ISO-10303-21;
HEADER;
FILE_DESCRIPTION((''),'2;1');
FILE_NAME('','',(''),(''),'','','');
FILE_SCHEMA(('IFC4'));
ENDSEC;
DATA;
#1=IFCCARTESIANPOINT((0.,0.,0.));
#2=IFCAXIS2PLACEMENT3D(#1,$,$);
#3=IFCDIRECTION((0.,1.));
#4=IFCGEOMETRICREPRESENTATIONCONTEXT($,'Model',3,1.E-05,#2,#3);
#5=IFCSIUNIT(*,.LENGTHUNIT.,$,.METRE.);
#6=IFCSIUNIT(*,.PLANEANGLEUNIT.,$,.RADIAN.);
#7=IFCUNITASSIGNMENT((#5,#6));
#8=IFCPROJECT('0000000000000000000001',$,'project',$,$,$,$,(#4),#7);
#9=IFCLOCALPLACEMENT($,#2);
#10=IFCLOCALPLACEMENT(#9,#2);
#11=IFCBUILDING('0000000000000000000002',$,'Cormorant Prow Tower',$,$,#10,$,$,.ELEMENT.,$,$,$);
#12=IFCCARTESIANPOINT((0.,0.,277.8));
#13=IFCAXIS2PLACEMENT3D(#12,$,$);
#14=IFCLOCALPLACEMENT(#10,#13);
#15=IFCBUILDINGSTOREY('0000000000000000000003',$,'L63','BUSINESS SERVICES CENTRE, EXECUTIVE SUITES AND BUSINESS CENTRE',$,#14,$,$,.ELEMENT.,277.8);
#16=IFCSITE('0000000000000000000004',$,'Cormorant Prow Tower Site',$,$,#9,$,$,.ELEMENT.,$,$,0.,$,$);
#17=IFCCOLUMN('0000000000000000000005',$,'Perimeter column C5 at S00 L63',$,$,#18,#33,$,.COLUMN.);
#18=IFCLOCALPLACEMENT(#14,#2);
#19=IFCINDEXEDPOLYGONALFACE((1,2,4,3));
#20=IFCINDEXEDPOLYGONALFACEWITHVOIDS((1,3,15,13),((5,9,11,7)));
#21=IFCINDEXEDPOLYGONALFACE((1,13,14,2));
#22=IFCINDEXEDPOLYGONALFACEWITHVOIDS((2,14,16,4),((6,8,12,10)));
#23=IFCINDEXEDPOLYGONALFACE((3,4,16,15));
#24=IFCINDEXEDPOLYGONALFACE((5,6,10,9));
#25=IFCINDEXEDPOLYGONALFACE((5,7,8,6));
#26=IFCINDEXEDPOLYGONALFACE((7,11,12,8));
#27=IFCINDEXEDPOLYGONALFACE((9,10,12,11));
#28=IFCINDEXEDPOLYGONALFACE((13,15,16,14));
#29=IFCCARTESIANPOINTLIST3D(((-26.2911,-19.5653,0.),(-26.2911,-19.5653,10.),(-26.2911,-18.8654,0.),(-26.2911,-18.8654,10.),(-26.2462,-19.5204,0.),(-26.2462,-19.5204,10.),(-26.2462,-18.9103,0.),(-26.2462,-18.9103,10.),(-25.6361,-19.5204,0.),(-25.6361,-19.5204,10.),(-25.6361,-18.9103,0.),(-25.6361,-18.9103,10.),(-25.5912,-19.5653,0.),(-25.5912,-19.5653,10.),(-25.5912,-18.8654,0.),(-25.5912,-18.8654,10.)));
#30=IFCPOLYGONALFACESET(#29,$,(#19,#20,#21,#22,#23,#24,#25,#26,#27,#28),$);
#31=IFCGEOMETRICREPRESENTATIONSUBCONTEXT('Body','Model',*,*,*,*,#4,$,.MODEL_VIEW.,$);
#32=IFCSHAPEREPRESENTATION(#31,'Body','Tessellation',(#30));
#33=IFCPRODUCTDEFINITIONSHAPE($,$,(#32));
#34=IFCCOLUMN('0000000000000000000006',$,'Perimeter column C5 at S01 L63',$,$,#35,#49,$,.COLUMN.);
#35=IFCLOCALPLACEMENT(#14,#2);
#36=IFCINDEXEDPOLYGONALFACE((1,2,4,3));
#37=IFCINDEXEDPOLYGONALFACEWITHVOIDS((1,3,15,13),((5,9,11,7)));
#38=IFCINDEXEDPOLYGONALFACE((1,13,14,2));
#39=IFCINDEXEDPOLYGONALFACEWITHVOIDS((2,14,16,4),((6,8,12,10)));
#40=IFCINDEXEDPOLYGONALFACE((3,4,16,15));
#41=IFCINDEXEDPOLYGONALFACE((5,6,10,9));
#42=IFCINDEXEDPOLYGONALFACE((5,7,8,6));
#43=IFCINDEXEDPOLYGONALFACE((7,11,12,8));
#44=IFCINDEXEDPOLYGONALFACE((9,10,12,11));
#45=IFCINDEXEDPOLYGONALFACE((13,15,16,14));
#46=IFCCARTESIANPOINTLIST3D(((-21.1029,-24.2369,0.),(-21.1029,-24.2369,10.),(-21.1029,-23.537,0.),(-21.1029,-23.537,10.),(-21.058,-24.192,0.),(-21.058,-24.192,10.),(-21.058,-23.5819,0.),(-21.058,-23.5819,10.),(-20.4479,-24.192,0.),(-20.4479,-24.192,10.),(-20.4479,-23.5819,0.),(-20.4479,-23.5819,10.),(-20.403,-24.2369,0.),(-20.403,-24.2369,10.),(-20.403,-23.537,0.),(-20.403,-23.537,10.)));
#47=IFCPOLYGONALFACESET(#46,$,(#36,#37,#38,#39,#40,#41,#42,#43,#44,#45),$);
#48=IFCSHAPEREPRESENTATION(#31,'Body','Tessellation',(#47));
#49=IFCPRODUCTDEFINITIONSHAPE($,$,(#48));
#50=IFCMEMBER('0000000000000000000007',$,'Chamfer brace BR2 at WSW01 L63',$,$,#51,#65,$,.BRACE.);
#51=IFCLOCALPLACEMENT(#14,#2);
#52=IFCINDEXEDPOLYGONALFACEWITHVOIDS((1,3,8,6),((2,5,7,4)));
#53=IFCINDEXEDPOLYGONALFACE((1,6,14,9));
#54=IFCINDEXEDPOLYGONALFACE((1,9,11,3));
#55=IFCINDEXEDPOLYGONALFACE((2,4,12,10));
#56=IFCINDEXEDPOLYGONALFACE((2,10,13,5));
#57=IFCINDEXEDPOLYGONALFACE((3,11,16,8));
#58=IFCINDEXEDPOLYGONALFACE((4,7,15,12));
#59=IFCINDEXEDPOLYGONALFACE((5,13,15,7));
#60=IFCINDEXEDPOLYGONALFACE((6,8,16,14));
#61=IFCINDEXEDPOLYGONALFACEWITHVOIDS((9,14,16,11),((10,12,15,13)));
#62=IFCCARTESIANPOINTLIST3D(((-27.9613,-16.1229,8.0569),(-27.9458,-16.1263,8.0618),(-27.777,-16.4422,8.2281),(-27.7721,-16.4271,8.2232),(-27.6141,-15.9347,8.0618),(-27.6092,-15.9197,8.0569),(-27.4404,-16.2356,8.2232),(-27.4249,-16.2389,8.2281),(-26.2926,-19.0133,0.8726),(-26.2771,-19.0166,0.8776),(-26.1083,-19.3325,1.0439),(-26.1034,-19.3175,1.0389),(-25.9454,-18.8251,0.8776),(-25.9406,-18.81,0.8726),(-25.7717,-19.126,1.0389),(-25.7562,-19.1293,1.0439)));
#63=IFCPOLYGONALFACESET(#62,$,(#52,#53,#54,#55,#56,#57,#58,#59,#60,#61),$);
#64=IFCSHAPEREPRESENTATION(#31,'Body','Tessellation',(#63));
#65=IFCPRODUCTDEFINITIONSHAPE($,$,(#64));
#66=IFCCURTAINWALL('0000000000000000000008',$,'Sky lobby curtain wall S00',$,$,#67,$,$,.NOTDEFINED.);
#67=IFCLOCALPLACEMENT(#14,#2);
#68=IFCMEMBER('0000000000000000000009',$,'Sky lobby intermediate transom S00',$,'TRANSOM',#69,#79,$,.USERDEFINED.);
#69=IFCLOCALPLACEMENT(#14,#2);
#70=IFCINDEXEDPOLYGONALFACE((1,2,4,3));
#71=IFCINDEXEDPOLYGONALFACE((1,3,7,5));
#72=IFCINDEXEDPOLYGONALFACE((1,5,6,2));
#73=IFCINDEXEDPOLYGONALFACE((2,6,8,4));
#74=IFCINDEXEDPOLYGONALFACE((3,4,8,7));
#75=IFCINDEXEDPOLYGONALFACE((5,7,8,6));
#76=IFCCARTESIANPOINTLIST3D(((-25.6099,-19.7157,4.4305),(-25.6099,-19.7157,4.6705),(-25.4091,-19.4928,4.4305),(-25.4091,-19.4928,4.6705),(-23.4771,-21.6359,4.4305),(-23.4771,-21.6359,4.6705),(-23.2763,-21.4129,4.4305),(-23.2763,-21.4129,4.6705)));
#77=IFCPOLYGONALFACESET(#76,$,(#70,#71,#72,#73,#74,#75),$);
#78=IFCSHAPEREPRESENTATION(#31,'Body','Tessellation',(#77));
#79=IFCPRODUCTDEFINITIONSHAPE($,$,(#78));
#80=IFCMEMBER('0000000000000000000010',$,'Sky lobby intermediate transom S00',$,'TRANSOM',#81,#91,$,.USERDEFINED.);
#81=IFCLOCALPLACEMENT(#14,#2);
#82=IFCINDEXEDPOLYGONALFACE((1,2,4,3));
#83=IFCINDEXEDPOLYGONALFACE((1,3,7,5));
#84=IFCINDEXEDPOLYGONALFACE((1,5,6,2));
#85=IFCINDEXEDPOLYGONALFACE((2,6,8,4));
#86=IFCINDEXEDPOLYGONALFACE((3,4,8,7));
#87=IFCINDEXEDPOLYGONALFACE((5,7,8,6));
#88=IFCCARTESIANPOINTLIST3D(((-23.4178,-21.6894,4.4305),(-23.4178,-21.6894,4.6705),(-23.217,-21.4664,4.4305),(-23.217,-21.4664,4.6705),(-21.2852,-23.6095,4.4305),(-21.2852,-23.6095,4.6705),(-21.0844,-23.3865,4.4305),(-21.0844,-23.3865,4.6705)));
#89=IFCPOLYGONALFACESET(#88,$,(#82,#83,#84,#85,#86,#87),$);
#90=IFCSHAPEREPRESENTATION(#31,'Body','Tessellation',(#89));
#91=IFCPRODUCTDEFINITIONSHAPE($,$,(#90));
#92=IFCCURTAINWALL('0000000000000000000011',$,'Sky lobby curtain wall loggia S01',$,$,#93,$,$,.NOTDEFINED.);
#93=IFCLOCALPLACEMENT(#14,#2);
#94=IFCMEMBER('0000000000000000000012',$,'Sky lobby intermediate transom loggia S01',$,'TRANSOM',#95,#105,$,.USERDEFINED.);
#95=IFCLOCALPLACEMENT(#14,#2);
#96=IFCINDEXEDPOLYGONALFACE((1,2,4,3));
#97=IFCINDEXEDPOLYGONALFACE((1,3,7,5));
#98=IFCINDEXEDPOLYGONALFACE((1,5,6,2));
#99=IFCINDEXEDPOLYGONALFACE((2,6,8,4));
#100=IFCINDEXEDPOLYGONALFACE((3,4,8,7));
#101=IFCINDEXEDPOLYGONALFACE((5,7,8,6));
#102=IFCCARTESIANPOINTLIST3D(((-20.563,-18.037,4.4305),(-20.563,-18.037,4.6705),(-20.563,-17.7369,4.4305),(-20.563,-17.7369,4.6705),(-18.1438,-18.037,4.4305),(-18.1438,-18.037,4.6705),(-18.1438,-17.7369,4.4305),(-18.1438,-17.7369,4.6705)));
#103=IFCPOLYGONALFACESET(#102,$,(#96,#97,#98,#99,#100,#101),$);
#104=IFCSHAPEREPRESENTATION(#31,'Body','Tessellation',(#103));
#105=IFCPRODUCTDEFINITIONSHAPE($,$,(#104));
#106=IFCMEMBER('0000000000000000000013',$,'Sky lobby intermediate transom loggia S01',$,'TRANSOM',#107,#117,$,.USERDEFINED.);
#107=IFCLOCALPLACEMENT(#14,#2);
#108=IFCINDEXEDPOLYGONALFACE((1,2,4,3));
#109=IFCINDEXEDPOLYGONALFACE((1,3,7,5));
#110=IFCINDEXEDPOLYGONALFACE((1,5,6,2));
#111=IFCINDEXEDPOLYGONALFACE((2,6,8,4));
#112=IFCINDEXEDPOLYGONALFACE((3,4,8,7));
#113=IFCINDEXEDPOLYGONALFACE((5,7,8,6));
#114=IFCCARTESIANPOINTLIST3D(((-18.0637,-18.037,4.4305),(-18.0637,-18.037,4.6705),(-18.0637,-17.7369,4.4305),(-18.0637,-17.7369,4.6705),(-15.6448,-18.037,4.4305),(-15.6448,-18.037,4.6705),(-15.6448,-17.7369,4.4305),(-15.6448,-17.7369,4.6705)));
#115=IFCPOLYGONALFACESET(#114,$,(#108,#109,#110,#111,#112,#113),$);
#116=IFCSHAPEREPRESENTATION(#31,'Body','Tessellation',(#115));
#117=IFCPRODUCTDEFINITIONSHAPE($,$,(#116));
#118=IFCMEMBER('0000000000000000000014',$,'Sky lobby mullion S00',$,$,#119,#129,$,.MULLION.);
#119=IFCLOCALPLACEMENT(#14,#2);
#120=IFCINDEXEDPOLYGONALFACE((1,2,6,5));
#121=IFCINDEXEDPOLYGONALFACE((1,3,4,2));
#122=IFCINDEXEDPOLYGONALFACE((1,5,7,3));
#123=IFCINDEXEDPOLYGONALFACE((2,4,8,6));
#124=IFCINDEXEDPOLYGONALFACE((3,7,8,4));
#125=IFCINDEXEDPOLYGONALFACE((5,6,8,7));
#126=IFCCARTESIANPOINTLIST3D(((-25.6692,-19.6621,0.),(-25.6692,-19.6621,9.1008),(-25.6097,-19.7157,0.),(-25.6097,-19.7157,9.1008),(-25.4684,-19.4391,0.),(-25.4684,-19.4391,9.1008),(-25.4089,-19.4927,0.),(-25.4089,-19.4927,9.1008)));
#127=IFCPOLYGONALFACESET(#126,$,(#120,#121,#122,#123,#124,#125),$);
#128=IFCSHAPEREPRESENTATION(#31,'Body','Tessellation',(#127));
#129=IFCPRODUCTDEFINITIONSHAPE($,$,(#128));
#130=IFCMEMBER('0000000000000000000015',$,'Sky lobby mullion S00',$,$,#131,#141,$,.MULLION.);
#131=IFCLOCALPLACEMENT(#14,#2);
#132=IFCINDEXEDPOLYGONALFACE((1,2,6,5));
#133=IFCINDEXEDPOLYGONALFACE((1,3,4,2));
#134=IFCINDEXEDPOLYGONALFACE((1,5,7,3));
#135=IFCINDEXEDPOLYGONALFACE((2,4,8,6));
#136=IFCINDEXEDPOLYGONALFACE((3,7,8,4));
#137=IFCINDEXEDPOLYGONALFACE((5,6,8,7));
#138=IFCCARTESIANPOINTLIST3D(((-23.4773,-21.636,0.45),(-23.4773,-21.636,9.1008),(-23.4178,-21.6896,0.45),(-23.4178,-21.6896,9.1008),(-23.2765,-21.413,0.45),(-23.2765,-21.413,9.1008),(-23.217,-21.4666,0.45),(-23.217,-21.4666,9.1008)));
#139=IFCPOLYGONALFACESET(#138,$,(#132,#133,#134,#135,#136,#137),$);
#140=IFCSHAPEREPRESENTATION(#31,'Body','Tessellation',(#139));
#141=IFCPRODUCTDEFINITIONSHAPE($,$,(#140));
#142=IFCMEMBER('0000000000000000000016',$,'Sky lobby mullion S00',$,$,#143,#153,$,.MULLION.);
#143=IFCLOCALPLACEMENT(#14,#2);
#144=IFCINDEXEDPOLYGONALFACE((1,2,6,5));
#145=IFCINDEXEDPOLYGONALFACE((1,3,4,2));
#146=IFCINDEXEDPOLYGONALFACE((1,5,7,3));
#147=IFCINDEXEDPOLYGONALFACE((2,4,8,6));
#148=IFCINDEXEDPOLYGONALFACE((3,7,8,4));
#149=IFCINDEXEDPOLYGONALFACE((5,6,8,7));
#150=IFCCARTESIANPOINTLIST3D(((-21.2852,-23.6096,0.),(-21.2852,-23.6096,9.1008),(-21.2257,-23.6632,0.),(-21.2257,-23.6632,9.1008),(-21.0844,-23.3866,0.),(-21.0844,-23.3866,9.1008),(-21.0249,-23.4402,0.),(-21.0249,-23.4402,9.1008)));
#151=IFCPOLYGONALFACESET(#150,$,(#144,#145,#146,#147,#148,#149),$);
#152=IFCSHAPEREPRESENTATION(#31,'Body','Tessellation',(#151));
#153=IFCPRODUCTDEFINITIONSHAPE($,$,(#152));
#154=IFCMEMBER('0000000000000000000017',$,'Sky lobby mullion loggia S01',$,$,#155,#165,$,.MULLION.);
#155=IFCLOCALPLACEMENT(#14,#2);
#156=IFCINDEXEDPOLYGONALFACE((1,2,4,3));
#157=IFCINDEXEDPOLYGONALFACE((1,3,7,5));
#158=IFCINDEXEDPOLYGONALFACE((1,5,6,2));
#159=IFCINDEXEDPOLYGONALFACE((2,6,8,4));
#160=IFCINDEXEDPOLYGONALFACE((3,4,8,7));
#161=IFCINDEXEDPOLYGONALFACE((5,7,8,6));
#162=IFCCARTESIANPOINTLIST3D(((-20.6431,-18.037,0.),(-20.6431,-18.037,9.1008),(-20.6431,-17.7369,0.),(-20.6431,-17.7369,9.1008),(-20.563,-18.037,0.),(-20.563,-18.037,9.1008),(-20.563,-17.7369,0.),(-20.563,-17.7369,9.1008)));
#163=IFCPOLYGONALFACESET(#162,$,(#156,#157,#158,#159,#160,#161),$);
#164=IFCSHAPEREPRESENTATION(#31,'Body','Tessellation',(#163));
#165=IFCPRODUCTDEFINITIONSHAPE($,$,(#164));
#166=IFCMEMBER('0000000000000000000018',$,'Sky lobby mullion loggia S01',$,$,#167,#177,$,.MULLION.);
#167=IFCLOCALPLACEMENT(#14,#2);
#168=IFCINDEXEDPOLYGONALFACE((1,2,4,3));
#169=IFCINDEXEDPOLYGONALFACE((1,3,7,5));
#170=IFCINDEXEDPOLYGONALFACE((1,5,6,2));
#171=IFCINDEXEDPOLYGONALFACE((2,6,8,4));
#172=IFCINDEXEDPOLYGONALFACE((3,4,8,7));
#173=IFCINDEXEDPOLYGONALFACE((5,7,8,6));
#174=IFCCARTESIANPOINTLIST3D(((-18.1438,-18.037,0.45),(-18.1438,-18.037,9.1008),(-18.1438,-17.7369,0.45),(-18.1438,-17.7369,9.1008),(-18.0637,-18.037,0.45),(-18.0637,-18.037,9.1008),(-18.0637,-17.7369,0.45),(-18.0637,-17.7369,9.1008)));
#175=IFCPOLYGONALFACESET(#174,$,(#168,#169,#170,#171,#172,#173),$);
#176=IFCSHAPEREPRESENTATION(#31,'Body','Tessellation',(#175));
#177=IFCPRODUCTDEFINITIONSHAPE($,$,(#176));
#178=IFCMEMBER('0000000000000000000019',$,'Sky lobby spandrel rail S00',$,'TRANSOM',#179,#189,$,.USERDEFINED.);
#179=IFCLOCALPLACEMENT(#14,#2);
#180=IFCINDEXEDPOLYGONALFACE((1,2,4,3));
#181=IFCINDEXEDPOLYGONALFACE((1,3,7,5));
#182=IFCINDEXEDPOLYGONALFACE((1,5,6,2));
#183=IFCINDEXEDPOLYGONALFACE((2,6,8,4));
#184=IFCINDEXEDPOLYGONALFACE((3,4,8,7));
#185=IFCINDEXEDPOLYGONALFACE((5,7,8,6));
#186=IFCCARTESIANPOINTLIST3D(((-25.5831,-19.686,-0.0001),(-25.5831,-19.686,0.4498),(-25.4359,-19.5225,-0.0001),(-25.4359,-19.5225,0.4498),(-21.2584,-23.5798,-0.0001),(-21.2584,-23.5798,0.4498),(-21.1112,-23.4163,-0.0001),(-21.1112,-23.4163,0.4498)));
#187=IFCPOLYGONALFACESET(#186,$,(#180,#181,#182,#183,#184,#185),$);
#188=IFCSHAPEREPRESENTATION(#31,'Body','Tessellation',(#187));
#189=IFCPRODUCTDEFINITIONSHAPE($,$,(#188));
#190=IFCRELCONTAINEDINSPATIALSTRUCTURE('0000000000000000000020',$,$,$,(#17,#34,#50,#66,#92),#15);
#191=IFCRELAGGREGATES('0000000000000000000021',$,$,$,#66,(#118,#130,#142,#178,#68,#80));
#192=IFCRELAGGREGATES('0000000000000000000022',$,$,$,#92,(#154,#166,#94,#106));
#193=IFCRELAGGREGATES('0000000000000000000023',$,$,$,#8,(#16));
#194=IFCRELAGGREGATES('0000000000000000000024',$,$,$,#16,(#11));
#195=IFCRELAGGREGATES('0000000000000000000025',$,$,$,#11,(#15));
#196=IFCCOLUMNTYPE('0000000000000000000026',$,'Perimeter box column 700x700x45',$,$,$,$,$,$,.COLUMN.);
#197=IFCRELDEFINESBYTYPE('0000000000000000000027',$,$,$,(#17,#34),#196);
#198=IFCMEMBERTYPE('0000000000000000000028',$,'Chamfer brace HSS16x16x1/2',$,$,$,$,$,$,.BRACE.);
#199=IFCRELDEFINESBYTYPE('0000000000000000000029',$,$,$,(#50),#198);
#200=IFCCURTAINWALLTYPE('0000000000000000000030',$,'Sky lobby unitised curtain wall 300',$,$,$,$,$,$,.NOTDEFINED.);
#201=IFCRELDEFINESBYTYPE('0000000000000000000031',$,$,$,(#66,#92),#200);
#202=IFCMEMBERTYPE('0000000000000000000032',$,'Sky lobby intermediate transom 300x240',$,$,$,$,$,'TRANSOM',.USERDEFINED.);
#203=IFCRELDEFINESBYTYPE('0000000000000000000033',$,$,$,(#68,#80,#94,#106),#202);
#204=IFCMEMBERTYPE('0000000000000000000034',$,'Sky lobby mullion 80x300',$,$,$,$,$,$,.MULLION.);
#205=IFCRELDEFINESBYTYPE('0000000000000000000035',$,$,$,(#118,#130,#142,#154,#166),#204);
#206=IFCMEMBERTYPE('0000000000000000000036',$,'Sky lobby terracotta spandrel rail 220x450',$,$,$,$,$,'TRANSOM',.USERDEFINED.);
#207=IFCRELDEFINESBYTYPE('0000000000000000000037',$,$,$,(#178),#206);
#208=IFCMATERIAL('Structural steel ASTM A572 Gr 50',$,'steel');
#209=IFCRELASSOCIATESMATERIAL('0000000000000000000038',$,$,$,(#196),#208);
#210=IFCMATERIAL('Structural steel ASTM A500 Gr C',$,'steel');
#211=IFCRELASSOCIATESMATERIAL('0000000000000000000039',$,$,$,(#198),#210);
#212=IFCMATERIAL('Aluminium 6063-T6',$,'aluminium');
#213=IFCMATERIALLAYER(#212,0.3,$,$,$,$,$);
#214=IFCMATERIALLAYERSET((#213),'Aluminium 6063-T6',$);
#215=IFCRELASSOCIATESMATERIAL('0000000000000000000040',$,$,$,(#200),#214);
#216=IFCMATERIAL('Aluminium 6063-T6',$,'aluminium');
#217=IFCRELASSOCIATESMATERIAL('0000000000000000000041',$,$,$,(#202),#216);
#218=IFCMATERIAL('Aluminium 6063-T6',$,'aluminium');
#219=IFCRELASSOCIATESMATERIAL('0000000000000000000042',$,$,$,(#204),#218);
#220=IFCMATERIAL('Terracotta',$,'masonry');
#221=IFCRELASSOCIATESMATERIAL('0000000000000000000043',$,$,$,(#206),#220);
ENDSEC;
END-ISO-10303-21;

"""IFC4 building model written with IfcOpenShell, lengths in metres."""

from ifc_helpers import new_model, si_unit, direction, frame, origin, origin_2d, place, context, subcontext, project, spatial, rectangle, hollow_rectangle, extrude, material, layer, layer_set, material_profile, profile_set, type_object, element, aggregate, save


model = new_model("IFC4")

# Units and contexts
model_context = context("Model", 3, precision=1e-05, world=origin(), true_north=direction((0.0, 1.0)))
body_context = subcontext(model_context, "Body", "Model", "MODEL_VIEW")
ifc_project = project(units=[si_unit("LENGTHUNIT", "METRE"), si_unit("PLANEANGLEUNIT", "RADIAN")], contexts=[model_context])

# Site, building, storey
site_placement = place(None, origin())
site = spatial("IfcSite", under=ifc_project, at=site_placement, Name="Cormorant Prow Tower Site", CompositionType="ELEMENT", RefElevation=0.0)
building_placement = place(site_placement, origin())
building = spatial("IfcBuilding", under=site, at=building_placement, Name="Cormorant Prow Tower", CompositionType="ELEMENT")
storey_placement = place(building_placement, frame((0.0, 0.0, 277.8)))
storey = spatial("IfcBuildingStorey", under=building, at=storey_placement, Name="L63", Description="BUSINESS SERVICES CENTRE, EXECUTIVE SUITES AND BUSINESS CENTRE", CompositionType="ELEMENT", Elevation=277.8)

# Columns
ifc_material_1 = material(Name="Structural steel ASTM A572 Gr 50", Category="steel")
ifc_material_profile_1 = material_profile(ifc_material_1, hollow_rectangle(XDim=0.7, YDim=0.7, WallThickness=0.0449, at=origin_2d()), Name="Box 700x700x45")
ifc_profile_set_1 = profile_set([ifc_material_profile_1], Name="Structural steel ASTM A572 Gr 50")
column_type = type_object("IfcColumnType", Name="Perimeter box column 700x700x45", PredefinedType="COLUMN", material=ifc_profile_set_1)
for number, where, z_axis, x_axis, name in (
    (1, (-25.9412, -19.2153, 0.0), (0.0, 0.0, 1.0), (1.0, 0.0, 0.0), "Perimeter column C5 at S00 L63"),
    (2, (-20.7529, -23.887, 0.0), (0.0, 0.0, 1.0), (1.0, 0.0, 0.0), "Perimeter column C5 at S01 L63"),
):
    element("IfcColumn", number, at=place(storey_placement, frame(where, z_axis=z_axis, x_axis=x_axis)), inside=storey, type_object=column_type, Name=name, PredefinedType="COLUMN", context=body_context, shape_type="SweptSolid", body=[
        extrude(hollow_rectangle(XDim=0.7, YDim=0.7, WallThickness=0.0449, at=origin_2d()), origin(), (0.0, 0.0, 1.0), 10.0),
    ])

# Member
ifc_material_2 = material(Name="Structural steel ASTM A500 Gr C", Category="steel")
ifc_material_profile_2 = material_profile(ifc_material_2, hollow_rectangle(XDim=0.4065, YDim=0.4065, WallThickness=0.0117, at=origin_2d()), Name="HSS16x16x1/2")
ifc_profile_set_2 = profile_set([ifc_material_profile_2], Name="Structural steel ASTM A500 Gr C")
member_type_1 = type_object("IfcMemberType", Name="Chamfer brace HSS16x16x1/2", PredefinedType="BRACE", material=ifc_profile_set_2)
member_1_placement = place(storey_placement, frame((-26.0244, -19.0713, 0.9583), z_axis=(-0.210649, 0.364869, 0.906917), x_axis=(-0.866033, -0.499986, 0.0)))
element("IfcMember", 3, at=member_1_placement, inside=storey, type_object=member_type_1, Name="Chamfer brace BR2 at WSW01 L63", PredefinedType="BRACE", context=body_context, shape_type="SweptSolid", body=[
    extrude(hollow_rectangle(XDim=0.4065, YDim=0.4065, WallThickness=0.0117, at=origin_2d()), origin(), (0.0, 0.0, 1.0), 7.9216),
])

# Curtain walls, members
ifc_material_3 = material(Name="Aluminium 6063-T6", Category="aluminium")
ifc_layer_1 = layer(ifc_material_3, 0.3)
ifc_layer_set_1 = layer_set([ifc_layer_1], Name="Aluminium 6063-T6")
curtain_wall_type = type_object("IfcCurtainWallType", Name="Sky lobby unitised curtain wall 300", PredefinedType="NOTDEFINED", material=ifc_layer_set_1)
curtain_wall_1_placement = place(storey_placement, origin())
curtain_wall_1 = element("IfcCurtainWall", 4, at=curtain_wall_1_placement, inside=storey, type_object=curtain_wall_type, Name="Sky lobby curtain wall S00", PredefinedType="NOTDEFINED")
ifc_material_4 = material(Name="Aluminium 6063-T6", Category="aluminium")
ifc_material_profile_3 = material_profile(ifc_material_4, rectangle(XDim=0.3, YDim=0.24, at=origin_2d()), Name="Sky lobby intermediate transom 300x240")
ifc_profile_set_3 = profile_set([ifc_material_profile_3], Name="Aluminium 6063-T6")
member_type_2 = type_object("IfcMemberType", Name="Sky lobby intermediate transom 300x240", ElementType="TRANSOM", PredefinedType="USERDEFINED", material=ifc_profile_set_3)
member_2_placement = place(storey_placement, frame((-25.5095, -19.6042, 4.5505), z_axis=(0.743184, -0.669087, 0.0), x_axis=(0.669087, 0.743184, 0.0)))
member_2 = element("IfcMember", 5, at=member_2_placement, type_object=member_type_2, Name="Sky lobby intermediate transom S00", ObjectType="TRANSOM", PredefinedType="USERDEFINED", context=body_context, shape_type="SweptSolid", body=[
    extrude(rectangle(XDim=0.3, YDim=0.24, at=origin_2d()), origin(), (0.0, 0.0, 1.0), 2.8699),
])
member_3_placement = place(storey_placement, frame((-23.3174, -21.5779, 4.5505), z_axis=(0.743146, -0.669129, 0.0), x_axis=(0.669129, 0.743146, 0.0)))
member_3 = element("IfcMember", 6, at=member_3_placement, type_object=member_type_2, Name="Sky lobby intermediate transom S00", ObjectType="TRANSOM", PredefinedType="USERDEFINED", context=body_context, shape_type="SweptSolid", body=[
    extrude(rectangle(XDim=0.3, YDim=0.24, at=origin_2d()), origin(), (0.0, 0.0, 1.0), 2.8696),
])
curtain_wall_2_placement = place(storey_placement, origin())
curtain_wall_2 = element("IfcCurtainWall", 7, at=curtain_wall_2_placement, inside=storey, type_object=curtain_wall_type, Name="Sky lobby curtain wall loggia S01", PredefinedType="NOTDEFINED")
member_4_placement = place(storey_placement, frame((-20.563, -17.887, 4.5505), z_axis=(1.0, 0.0, 0.0), x_axis=(0.0, 1.0, 0.0)))
member_4 = element("IfcMember", 8, at=member_4_placement, type_object=member_type_2, Name="Sky lobby intermediate transom loggia S01", ObjectType="TRANSOM", PredefinedType="USERDEFINED", context=body_context, shape_type="SweptSolid", body=[
    extrude(rectangle(XDim=0.3, YDim=0.24, at=origin_2d()), origin(), (0.0, 0.0, 1.0), 2.4192),
])
member_5_placement = place(storey_placement, frame((-18.0637, -17.887, 4.5505), z_axis=(1.0, 0.0, 0.0), x_axis=(0.0, 1.0, 0.0)))
member_5 = element("IfcMember", 9, at=member_5_placement, type_object=member_type_2, Name="Sky lobby intermediate transom loggia S01", ObjectType="TRANSOM", PredefinedType="USERDEFINED", context=body_context, shape_type="SweptSolid", body=[
    extrude(rectangle(XDim=0.3, YDim=0.24, at=origin_2d()), origin(), (0.0, 0.0, 1.0), 2.4189),
])

# Members
ifc_material_5 = material(Name="Aluminium 6063-T6", Category="aluminium")
ifc_material_profile_4 = material_profile(ifc_material_5, rectangle(XDim=0.3, YDim=0.0801, at=origin_2d()), Name="Sky lobby mullion 80x300")
ifc_profile_set_4 = profile_set([ifc_material_profile_4], Name="Aluminium 6063-T6")
member_type_3 = type_object("IfcMemberType", Name="Sky lobby mullion 80x300", PredefinedType="MULLION", material=ifc_profile_set_4)
member_6_placement = place(storey_placement, frame((-25.5391, -19.5774, 0.0), z_axis=(0.0, 0.0, 1.0), x_axis=(0.669131, 0.743145, 0.0)))
member_6 = element("IfcMember", 10, at=member_6_placement, type_object=member_type_3, Name="Sky lobby mullion S00", PredefinedType="MULLION", context=body_context, shape_type="SweptSolid", body=[
    extrude(rectangle(XDim=0.3, YDim=0.0801, at=origin_2d()), origin(), (0.0, 0.0, 1.0), 9.1008),
])
member_7_placement = place(storey_placement, frame((-23.3472, -21.5513, 0.45), z_axis=(0.0, 0.0, 1.0), x_axis=(0.669131, 0.743145, 0.0)))
member_7 = element("IfcMember", 11, at=member_7_placement, type_object=member_type_3, Name="Sky lobby mullion S00", PredefinedType="MULLION", context=body_context, shape_type="SweptSolid", body=[
    extrude(rectangle(XDim=0.3, YDim=0.0801, at=origin_2d()), origin(), (0.0, 0.0, 1.0), 8.6509),
])
member_8_placement = place(storey_placement, frame((-21.155, -23.5249, 0.0), z_axis=(0.0, 0.0, 1.0), x_axis=(0.669131, 0.743145, 0.0)))
member_8 = element("IfcMember", 12, at=member_8_placement, type_object=member_type_3, Name="Sky lobby mullion S00", PredefinedType="MULLION", context=body_context, shape_type="SweptSolid", body=[
    extrude(rectangle(XDim=0.3, YDim=0.0801, at=origin_2d()), origin(), (0.0, 0.0, 1.0), 9.1008),
])
member_9_placement = place(storey_placement, frame((-20.603, -17.887, 0.0), z_axis=(0.0, 0.0, 1.0), x_axis=(0.0, 1.0, 0.0)))
member_9 = element("IfcMember", 13, at=member_9_placement, type_object=member_type_3, Name="Sky lobby mullion loggia S01", PredefinedType="MULLION", context=body_context, shape_type="SweptSolid", body=[
    extrude(rectangle(XDim=0.3, YDim=0.0801, at=origin_2d()), origin(), (0.0, 0.0, 1.0), 9.1008),
])
member_10_placement = place(storey_placement, frame((-18.1038, -17.887, 0.45), z_axis=(0.0, 0.0, 1.0), x_axis=(0.0, 1.0, 0.0)))
member_10 = element("IfcMember", 14, at=member_10_placement, type_object=member_type_3, Name="Sky lobby mullion loggia S01", PredefinedType="MULLION", context=body_context, shape_type="SweptSolid", body=[
    extrude(rectangle(XDim=0.3, YDim=0.0801, at=origin_2d()), origin(), (0.0, 0.0, 1.0), 8.6509),
])
ifc_material_6 = material(Name="Terracotta", Category="masonry")
ifc_material_profile_5 = material_profile(ifc_material_6, rectangle(XDim=0.22, YDim=0.45, at=origin_2d()), Name="Sky lobby terracotta spandrel rail 220x450")
ifc_profile_set_5 = profile_set([ifc_material_profile_5], Name="Terracotta")
member_type_4 = type_object("IfcMemberType", Name="Sky lobby terracotta spandrel rail 220x450", ElementType="TRANSOM", PredefinedType="USERDEFINED", material=ifc_profile_set_5)
member_11_placement = place(storey_placement, frame((-25.5095, -19.6042, 0.2249), z_axis=(0.743161, -0.669113, 0.0), x_axis=(0.669113, 0.743161, 0.0)))
member_11 = element("IfcMember", 15, at=member_11_placement, type_object=member_type_4, Name="Sky lobby spandrel rail S00", ObjectType="TRANSOM", PredefinedType="USERDEFINED", context=body_context, shape_type="SweptSolid", body=[
    extrude(rectangle(XDim=0.22, YDim=0.45, at=origin_2d()), origin(), (0.0, 0.0, 1.0), 5.8193),
])

aggregate(curtain_wall_1, [member_6, member_7, member_8, member_11, member_2, member_3])
aggregate(curtain_wall_2, [member_9, member_10, member_4, member_5])

save(model, "model.ifc")
